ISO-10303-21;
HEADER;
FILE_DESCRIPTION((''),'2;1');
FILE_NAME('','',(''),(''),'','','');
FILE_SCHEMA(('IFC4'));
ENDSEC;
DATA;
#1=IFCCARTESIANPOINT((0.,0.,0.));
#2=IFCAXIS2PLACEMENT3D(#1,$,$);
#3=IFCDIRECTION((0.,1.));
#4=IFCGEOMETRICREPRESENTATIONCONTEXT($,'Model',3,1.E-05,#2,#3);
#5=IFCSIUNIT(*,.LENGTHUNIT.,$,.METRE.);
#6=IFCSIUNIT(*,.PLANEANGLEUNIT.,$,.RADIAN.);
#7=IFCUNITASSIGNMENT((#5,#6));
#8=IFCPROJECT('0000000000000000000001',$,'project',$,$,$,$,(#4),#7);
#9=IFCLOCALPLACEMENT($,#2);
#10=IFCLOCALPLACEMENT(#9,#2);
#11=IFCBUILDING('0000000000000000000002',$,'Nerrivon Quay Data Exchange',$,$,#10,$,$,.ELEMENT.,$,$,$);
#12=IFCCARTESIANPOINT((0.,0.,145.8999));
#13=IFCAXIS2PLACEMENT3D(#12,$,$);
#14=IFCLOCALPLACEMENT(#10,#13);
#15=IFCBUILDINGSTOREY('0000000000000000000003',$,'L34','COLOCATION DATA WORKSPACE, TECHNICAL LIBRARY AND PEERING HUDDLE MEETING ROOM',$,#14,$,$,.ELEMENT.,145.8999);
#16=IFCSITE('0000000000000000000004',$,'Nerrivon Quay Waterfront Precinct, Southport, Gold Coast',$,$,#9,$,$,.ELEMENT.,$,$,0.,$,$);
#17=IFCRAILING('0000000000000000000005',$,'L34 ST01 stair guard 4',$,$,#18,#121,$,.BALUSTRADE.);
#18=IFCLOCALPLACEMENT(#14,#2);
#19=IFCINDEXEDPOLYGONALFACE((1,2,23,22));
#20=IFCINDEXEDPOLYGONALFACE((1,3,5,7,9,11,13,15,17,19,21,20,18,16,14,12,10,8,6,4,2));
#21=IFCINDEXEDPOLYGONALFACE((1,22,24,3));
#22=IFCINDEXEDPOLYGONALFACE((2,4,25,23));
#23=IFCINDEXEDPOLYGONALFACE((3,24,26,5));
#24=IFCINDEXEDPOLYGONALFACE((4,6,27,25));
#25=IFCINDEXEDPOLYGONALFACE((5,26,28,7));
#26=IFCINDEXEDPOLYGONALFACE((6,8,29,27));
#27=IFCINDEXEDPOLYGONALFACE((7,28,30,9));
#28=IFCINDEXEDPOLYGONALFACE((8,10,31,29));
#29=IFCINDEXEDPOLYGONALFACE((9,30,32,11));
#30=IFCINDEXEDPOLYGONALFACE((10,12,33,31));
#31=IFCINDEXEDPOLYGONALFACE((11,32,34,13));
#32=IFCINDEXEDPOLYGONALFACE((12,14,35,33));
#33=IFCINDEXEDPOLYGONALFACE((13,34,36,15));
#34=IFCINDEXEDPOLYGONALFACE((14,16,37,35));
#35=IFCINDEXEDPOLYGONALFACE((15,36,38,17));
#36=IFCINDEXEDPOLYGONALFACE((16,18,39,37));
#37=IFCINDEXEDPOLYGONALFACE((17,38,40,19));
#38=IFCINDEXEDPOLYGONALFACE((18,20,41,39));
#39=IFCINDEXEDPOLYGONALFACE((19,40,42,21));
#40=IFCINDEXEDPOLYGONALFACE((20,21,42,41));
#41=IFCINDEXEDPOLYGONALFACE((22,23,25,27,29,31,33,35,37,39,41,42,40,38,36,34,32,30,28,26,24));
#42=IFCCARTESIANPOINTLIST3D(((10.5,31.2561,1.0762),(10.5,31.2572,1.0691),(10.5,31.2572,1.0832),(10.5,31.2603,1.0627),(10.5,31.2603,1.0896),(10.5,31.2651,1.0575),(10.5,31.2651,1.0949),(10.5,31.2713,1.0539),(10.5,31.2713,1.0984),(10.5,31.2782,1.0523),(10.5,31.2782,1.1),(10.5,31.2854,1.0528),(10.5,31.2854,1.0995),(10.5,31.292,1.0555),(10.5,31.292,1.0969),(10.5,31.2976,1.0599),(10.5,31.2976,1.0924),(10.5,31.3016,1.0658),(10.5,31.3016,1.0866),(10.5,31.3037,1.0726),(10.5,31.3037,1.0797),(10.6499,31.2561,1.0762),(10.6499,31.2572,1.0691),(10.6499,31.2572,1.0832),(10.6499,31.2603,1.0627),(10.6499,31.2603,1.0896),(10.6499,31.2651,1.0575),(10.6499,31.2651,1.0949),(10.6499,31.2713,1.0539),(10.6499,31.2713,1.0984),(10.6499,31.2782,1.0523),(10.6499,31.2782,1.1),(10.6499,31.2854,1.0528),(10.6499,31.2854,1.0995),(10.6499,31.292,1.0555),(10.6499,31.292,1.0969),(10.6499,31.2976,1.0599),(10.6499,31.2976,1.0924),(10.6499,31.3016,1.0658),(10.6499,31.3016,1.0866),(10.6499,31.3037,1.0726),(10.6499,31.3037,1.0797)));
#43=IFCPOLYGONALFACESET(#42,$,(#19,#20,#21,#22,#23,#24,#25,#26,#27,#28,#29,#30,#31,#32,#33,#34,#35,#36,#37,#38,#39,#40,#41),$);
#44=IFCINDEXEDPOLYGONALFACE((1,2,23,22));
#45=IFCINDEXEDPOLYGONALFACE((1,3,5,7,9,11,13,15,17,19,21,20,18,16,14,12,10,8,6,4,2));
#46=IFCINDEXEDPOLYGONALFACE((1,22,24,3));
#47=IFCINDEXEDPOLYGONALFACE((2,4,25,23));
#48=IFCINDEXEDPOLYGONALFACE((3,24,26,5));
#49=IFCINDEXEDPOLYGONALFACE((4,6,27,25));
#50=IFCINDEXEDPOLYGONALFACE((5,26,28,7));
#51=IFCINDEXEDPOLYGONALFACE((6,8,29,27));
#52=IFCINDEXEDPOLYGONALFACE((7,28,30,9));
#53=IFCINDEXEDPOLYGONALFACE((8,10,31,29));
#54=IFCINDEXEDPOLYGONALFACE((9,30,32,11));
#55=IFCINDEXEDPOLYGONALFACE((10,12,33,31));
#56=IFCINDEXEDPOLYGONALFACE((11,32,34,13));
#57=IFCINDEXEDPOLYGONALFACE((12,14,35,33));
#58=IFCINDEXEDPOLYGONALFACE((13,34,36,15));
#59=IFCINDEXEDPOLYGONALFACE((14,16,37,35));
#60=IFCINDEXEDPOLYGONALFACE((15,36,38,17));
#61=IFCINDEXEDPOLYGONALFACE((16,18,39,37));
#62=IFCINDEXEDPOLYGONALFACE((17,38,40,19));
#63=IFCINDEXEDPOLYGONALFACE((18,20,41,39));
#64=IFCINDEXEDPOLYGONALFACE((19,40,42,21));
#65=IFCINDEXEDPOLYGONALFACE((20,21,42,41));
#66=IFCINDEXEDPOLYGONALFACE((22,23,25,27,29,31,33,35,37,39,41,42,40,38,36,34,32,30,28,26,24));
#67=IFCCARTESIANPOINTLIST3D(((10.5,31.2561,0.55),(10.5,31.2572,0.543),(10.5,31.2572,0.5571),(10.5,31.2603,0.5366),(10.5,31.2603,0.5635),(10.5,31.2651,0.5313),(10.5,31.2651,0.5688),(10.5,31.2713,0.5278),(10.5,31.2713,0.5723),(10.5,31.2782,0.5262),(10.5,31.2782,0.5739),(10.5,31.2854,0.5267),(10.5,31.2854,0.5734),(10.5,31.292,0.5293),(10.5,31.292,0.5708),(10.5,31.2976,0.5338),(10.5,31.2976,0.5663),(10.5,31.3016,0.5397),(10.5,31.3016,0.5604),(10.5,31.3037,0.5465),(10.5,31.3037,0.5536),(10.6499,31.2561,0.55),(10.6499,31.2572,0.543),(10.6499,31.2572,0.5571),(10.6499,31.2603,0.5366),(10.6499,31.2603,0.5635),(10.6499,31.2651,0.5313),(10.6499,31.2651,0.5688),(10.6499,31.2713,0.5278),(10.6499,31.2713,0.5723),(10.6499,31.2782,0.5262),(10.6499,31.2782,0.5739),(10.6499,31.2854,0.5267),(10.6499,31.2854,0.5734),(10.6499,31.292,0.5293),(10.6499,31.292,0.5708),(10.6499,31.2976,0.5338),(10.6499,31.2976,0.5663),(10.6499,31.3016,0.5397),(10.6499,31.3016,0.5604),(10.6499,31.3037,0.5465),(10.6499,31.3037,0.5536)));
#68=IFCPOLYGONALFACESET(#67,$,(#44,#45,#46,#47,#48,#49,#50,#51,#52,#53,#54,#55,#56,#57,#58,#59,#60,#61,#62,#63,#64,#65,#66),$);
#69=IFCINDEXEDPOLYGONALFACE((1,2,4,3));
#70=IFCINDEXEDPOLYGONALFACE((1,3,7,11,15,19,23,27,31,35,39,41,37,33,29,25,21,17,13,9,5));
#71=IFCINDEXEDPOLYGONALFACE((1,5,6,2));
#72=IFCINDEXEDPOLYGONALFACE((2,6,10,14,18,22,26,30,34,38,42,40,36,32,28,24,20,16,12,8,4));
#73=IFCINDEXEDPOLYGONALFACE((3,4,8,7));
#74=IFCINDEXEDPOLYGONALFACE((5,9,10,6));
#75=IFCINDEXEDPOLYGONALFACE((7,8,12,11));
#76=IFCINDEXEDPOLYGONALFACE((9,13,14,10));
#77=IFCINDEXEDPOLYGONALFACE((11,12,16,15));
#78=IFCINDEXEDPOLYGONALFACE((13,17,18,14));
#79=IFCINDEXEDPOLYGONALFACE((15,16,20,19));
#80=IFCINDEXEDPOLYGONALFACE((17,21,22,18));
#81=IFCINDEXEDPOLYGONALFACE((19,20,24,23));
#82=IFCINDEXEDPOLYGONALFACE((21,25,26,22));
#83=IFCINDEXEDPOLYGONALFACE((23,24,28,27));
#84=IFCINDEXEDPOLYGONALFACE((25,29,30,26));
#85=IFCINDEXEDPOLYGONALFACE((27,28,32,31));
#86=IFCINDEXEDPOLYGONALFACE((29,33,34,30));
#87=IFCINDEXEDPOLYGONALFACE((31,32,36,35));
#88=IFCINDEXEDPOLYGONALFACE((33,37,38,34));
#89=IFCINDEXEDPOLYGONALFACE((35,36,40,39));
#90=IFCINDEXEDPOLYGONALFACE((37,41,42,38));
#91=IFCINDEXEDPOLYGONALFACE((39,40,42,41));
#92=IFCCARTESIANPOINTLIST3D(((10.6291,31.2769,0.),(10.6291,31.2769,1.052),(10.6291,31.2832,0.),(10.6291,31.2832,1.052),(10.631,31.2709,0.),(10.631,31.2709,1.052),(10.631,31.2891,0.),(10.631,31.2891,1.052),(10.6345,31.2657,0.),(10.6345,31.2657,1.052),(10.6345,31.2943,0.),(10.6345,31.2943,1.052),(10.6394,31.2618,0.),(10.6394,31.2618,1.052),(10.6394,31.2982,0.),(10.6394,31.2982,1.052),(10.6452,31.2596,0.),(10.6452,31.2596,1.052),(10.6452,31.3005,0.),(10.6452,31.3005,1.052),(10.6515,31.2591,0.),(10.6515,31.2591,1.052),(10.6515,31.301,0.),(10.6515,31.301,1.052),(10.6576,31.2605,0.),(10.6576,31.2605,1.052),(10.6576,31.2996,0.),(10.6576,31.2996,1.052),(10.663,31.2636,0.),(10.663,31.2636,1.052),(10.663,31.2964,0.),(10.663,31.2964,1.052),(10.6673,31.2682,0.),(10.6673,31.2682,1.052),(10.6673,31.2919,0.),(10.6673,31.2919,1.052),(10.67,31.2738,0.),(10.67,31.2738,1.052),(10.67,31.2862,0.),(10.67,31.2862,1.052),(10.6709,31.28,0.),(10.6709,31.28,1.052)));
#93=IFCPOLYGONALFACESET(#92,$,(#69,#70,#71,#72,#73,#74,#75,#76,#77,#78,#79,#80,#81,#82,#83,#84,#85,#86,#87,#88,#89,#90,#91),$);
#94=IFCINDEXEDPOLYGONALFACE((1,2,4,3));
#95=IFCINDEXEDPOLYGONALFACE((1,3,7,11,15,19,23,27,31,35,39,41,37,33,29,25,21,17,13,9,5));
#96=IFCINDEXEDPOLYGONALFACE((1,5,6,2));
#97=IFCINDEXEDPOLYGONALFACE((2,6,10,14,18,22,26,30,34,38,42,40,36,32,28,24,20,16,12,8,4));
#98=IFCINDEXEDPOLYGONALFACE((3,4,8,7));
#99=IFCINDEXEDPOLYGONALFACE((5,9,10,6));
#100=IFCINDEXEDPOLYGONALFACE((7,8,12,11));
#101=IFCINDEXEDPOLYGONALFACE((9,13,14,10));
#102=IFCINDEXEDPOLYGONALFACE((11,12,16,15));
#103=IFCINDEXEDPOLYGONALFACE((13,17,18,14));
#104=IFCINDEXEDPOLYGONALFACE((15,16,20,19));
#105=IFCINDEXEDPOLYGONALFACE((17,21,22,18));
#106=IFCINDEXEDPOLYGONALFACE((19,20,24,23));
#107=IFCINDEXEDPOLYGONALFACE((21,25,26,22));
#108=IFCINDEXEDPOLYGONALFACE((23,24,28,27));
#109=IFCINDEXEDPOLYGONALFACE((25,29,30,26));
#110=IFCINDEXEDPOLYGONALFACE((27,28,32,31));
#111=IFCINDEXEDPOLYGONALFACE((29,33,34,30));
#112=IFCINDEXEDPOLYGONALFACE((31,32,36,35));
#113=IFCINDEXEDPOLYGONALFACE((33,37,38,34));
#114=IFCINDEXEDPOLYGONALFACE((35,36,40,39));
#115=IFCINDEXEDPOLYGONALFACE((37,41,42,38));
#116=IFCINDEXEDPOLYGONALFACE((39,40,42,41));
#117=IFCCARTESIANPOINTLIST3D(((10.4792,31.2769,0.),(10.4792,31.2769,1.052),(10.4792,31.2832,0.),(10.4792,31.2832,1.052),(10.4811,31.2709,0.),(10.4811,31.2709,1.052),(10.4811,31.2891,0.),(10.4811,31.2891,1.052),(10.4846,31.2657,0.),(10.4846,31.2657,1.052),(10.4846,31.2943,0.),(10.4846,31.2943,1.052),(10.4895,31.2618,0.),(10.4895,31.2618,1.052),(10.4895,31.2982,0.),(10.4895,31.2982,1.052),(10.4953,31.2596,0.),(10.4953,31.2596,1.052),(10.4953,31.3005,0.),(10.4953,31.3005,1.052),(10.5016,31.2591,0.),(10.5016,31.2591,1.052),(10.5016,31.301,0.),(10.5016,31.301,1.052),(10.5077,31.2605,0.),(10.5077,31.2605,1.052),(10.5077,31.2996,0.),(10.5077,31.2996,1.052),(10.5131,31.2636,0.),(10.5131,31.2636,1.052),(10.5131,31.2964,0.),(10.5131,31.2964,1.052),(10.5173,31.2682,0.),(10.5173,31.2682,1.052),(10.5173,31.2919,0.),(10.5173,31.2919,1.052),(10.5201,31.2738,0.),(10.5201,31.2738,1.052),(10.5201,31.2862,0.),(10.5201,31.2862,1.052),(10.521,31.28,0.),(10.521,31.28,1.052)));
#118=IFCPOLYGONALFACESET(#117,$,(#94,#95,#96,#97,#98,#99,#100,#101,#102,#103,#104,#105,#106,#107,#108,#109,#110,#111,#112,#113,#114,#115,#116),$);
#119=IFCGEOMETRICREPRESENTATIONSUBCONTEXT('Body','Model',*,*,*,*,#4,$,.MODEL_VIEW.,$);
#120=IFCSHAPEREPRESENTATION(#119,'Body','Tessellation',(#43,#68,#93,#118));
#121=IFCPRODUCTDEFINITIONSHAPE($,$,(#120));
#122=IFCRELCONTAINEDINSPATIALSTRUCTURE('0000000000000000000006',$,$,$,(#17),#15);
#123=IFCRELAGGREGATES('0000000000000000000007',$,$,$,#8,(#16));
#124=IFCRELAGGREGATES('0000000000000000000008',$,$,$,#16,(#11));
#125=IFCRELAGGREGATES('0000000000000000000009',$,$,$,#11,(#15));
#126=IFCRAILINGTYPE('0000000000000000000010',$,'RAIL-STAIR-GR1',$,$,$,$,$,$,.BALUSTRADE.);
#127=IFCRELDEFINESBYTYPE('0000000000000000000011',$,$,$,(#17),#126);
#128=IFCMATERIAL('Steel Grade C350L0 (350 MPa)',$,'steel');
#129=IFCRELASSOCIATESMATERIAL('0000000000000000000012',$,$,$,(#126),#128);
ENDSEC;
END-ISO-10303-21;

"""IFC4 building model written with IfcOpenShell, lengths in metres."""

from ifc_helpers import new_model, si_unit, direction, frame, origin, origin_2d, place, context, subcontext, project, spatial, circle, extrude, material, type_object, element, save


model = new_model("IFC4")

# Units and contexts
model_context = context("Model", 3, precision=1e-05, world=origin(), true_north=direction((0.0, 1.0)))
body_context = subcontext(model_context, "Body", "Model", "MODEL_VIEW")
ifc_project = project(units=[si_unit("LENGTHUNIT", "METRE"), si_unit("PLANEANGLEUNIT", "RADIAN")], contexts=[model_context])

# Site, building, storey
site_placement = place(None, origin())
site = spatial("IfcSite", under=ifc_project, at=site_placement, Name="Nerrivon Quay Waterfront Precinct, Southport, Gold Coast", CompositionType="ELEMENT", RefElevation=0.0)
building_placement = place(site_placement, origin())
building = spatial("IfcBuilding", under=site, at=building_placement, Name="Nerrivon Quay Data Exchange", CompositionType="ELEMENT")
storey_placement = place(building_placement, frame((0.0, 0.0, 145.8999)))
storey = spatial("IfcBuildingStorey", under=building, at=storey_placement, Name="L34", Description="COLOCATION DATA WORKSPACE, TECHNICAL LIBRARY AND PEERING HUDDLE MEETING ROOM", CompositionType="ELEMENT", Elevation=145.8999)

# Railing
ifc_material_1 = material(Name="Steel Grade C350L0 (350 MPa)", Category="steel")
railing_type_1 = type_object("IfcRailingType", Name="RAIL-STAIR-GR1", PredefinedType="BALUSTRADE", material=ifc_material_1)
railing_1_placement = place(storey_placement, frame((10.6499, 31.28, 0.0)))
element("IfcRailing", 1, at=railing_1_placement, inside=storey, type_object=railing_type_1, Name="L34 ST01 stair guard 4", PredefinedType="BALUSTRADE", context=body_context, shape_type="SweptSolid", body=[
    extrude(circle(Radius=0.0239, at=origin_2d()), frame((0.0, 0.0, 1.0762), z_axis=(-1.0, 0.0, 0.0), x_axis=(0.0, -1.0, 0.0)), (0.0, 0.0, 1.0), 0.1499),
    extrude(circle(Radius=0.0239, at=origin_2d()), frame((0.0, 0.0, 0.55), z_axis=(-1.0, 0.0, 0.0), x_axis=(0.0, -1.0, 0.0)), (0.0, 0.0, 1.0), 0.1499),
    extrude(circle(Radius=0.021, at=origin_2d()), origin(), (0.0, 0.0, 1.0), 1.052),
    extrude(circle(Radius=0.021, at=origin_2d()), frame((-0.1499, 0.0, 0.0)), (0.0, 0.0, 1.0), 1.052),
])

save(model, "model.ifc")
